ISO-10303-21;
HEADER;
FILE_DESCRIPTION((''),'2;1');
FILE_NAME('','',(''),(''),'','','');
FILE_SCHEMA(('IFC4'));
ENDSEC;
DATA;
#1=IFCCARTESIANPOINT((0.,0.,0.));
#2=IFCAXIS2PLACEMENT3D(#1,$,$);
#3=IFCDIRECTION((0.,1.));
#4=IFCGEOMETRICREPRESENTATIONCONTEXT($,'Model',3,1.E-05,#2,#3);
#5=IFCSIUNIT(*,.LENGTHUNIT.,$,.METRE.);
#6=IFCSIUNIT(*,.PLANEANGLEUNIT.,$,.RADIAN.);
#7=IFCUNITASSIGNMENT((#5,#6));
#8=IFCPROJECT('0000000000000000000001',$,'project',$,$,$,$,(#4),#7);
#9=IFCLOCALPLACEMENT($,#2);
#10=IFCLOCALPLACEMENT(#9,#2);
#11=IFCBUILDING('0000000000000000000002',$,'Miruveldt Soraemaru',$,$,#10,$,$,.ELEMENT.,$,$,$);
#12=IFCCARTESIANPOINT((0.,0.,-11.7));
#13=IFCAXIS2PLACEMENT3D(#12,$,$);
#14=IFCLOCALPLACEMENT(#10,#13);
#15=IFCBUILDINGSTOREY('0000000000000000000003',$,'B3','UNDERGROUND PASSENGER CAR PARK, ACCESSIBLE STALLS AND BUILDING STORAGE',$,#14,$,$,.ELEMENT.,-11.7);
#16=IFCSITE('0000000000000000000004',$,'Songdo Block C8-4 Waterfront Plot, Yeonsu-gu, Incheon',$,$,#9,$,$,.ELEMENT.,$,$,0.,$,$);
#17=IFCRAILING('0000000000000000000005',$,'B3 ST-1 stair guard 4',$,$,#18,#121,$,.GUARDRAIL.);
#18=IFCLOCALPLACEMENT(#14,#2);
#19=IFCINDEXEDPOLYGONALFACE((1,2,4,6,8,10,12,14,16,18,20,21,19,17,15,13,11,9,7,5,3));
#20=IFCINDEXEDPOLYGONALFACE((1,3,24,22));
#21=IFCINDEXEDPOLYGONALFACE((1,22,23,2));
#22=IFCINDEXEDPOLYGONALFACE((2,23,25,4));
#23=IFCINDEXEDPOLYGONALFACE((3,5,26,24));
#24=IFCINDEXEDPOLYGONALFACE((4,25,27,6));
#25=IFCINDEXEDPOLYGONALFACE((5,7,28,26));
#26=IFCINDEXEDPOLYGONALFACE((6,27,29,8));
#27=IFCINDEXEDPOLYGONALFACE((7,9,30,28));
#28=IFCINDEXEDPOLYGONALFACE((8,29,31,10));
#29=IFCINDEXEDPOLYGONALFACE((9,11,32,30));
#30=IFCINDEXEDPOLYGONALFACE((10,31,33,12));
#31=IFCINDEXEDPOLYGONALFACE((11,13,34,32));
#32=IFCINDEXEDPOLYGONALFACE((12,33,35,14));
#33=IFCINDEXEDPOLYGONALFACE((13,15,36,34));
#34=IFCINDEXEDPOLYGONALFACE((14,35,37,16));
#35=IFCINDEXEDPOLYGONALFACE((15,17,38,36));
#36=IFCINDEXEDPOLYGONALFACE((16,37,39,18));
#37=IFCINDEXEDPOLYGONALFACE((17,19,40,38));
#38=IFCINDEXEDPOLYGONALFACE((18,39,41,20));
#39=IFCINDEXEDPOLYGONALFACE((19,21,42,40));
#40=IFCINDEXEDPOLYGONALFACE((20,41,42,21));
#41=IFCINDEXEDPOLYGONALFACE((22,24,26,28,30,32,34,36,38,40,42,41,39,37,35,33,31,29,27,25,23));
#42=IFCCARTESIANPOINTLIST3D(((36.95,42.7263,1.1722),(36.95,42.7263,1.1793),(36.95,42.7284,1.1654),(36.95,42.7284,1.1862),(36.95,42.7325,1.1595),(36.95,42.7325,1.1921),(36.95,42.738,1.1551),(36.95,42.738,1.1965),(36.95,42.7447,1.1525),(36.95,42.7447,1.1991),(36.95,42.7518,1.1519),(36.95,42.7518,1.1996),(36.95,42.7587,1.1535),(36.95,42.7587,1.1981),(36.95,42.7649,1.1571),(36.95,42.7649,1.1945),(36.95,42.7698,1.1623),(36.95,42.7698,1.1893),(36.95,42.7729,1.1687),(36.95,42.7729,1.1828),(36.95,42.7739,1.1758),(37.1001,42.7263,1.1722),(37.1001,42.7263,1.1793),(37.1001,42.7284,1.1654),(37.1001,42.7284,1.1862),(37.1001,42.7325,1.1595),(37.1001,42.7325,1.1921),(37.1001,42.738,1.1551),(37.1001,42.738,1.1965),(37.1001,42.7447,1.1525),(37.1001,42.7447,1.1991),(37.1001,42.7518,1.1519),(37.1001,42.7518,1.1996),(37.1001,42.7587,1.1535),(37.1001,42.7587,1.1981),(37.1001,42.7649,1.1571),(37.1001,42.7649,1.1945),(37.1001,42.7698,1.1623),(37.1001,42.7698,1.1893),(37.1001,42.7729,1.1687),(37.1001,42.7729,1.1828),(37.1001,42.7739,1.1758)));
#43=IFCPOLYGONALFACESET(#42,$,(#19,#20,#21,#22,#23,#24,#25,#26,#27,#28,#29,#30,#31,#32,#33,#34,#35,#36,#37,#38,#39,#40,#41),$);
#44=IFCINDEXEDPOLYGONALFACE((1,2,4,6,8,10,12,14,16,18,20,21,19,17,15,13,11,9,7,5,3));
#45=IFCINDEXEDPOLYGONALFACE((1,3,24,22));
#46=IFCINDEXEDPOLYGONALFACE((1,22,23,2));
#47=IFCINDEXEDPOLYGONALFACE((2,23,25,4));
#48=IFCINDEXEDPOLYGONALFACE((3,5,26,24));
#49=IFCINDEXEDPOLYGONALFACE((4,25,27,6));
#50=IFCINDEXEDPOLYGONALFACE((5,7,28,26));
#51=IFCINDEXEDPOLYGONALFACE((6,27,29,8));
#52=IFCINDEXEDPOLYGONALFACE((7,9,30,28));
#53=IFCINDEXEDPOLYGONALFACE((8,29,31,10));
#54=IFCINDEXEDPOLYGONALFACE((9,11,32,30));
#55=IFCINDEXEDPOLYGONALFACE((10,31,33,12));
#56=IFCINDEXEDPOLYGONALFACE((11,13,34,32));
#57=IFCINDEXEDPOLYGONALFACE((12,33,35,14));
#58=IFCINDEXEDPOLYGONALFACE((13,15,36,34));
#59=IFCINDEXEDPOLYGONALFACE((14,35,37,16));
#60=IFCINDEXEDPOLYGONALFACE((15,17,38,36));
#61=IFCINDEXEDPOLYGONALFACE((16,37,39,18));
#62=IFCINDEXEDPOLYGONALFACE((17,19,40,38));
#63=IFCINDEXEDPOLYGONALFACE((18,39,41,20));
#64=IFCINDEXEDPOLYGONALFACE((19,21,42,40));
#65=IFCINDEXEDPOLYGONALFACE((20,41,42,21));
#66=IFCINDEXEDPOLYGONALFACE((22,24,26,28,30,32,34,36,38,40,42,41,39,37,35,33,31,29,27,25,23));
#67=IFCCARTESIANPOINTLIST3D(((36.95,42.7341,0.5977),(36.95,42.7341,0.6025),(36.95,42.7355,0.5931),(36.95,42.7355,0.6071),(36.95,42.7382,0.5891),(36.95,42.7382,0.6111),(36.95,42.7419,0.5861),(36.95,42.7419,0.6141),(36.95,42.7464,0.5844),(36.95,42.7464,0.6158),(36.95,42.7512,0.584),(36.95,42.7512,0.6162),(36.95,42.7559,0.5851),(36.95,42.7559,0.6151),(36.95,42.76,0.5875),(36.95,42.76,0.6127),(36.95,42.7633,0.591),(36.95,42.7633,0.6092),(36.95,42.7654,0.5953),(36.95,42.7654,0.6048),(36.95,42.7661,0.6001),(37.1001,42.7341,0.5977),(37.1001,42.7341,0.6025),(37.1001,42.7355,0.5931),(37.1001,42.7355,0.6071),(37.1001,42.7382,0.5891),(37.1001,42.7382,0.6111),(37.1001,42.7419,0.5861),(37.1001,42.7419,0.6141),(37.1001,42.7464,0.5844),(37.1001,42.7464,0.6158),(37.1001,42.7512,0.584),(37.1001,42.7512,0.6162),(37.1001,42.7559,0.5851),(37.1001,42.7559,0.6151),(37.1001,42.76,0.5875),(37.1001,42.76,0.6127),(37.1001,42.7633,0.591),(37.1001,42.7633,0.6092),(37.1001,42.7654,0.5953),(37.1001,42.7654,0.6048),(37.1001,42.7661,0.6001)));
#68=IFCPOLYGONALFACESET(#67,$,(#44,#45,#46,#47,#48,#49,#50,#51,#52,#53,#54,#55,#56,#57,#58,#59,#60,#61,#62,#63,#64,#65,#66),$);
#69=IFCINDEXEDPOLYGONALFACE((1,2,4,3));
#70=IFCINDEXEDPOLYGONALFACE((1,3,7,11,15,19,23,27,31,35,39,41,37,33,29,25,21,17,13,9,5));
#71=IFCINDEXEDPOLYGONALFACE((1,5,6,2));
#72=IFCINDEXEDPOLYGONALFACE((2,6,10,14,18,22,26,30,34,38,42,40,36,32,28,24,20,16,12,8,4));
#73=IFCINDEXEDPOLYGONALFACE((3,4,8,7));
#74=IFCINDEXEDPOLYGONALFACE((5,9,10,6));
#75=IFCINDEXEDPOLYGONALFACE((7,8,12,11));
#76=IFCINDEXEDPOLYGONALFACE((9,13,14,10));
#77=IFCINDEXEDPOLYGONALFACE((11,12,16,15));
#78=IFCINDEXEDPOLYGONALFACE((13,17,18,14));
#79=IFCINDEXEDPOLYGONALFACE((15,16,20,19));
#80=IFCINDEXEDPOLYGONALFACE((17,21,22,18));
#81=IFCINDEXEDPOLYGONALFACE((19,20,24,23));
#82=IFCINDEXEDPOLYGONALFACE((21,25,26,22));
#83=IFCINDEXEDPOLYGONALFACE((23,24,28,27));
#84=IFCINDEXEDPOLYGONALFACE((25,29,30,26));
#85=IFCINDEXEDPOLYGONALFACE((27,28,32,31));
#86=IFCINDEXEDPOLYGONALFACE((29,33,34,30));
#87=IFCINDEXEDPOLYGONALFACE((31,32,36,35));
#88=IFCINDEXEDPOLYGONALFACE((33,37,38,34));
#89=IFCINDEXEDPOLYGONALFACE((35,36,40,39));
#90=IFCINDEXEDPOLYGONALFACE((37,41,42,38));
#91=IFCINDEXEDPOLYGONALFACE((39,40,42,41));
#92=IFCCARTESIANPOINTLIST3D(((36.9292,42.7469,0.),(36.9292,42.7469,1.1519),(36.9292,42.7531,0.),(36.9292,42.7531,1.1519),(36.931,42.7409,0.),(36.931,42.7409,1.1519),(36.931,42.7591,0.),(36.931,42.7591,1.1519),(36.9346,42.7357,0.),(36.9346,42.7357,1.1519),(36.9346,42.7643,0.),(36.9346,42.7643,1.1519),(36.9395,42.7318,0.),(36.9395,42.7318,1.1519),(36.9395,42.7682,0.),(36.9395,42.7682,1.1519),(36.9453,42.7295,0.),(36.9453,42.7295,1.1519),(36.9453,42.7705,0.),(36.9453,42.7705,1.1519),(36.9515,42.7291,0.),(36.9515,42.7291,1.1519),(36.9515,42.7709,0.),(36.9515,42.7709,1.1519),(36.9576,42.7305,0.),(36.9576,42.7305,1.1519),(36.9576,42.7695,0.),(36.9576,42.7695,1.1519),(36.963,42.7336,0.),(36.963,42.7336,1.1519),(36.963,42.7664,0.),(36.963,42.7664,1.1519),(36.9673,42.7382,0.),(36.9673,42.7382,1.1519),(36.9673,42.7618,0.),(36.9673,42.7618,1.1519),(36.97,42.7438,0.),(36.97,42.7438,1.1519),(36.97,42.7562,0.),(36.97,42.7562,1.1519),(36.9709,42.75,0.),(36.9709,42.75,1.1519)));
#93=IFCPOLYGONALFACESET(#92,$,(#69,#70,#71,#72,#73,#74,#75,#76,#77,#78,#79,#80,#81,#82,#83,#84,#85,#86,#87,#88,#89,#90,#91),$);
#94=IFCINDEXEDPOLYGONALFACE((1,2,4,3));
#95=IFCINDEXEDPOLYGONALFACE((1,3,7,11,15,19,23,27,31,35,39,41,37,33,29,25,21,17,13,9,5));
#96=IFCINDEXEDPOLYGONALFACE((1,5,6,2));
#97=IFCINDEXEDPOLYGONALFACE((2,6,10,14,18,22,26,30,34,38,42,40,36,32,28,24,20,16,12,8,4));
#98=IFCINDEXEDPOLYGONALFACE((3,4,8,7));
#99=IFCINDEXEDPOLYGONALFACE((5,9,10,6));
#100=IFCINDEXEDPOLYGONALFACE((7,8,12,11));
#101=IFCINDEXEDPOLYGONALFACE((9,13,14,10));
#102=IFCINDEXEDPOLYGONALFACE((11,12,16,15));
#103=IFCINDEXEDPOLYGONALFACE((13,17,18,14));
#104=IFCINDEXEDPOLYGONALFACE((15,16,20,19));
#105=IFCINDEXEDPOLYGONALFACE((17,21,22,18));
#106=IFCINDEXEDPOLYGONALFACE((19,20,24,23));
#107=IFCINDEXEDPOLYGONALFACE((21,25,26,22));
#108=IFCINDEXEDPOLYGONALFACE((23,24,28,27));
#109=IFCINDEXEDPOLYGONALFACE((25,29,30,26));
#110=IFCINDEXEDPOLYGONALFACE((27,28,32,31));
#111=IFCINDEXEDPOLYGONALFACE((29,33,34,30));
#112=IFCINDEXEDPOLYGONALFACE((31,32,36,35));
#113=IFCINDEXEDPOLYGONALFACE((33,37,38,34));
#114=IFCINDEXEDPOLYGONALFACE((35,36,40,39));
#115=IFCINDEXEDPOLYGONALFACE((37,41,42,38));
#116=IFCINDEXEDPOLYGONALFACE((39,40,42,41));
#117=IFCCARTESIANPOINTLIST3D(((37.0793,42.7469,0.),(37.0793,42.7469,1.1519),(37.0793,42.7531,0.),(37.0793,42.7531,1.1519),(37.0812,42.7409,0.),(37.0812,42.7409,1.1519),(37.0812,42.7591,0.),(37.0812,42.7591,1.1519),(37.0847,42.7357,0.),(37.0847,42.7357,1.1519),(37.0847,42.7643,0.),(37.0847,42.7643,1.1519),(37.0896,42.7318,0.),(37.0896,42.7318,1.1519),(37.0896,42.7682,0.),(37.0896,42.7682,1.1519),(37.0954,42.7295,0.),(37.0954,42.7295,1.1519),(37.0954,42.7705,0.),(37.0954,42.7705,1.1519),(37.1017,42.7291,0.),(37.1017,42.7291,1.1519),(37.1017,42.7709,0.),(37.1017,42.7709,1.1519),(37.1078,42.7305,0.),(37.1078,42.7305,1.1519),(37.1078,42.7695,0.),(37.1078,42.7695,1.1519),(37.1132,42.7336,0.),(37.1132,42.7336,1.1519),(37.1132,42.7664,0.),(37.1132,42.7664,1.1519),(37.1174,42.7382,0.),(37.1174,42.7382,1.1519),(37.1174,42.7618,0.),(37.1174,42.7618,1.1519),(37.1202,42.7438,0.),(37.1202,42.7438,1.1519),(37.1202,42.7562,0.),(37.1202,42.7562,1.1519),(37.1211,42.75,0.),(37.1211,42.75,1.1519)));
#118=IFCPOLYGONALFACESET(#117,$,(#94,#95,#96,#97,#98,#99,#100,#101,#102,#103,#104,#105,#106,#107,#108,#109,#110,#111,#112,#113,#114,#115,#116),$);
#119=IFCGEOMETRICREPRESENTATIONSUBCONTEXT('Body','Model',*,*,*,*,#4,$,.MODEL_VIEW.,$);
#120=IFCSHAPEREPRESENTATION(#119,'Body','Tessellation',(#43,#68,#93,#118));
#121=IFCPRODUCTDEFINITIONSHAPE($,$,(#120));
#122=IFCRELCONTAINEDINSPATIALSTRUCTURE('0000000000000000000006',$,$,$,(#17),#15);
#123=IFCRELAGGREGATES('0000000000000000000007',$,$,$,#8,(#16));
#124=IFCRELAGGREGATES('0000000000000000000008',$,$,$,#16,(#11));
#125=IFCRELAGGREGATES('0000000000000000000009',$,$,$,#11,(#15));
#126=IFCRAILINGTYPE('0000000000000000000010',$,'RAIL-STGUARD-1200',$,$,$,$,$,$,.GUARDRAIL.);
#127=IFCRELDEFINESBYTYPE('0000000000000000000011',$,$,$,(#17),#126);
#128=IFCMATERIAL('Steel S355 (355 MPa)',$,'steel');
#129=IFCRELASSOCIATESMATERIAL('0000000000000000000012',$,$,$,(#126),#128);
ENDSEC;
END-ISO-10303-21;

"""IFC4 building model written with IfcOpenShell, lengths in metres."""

from ifc_helpers import new_model, si_unit, direction, frame, origin, origin_2d, place, context, subcontext, project, spatial, circle, extrude, material, type_object, element, save


model = new_model("IFC4")

# Units and contexts
model_context = context("Model", 3, precision=1e-05, world=origin(), true_north=direction((0.0, 1.0)))
body_context = subcontext(model_context, "Body", "Model", "MODEL_VIEW")
ifc_project = project(units=[si_unit("LENGTHUNIT", "METRE"), si_unit("PLANEANGLEUNIT", "RADIAN")], contexts=[model_context])

# Site, building, storey
site_placement = place(None, origin())
site = spatial("IfcSite", under=ifc_project, at=site_placement, Name="Songdo Block C8-4 Waterfront Plot, Yeonsu-gu, Incheon", CompositionType="ELEMENT", RefElevation=0.0)
building_placement = place(site_placement, origin())
building = spatial("IfcBuilding", under=site, at=building_placement, Name="Miruveldt Soraemaru", CompositionType="ELEMENT")
storey_placement = place(building_placement, frame((0.0, 0.0, -11.7)))
storey = spatial("IfcBuildingStorey", under=building, at=storey_placement, Name="B3", Description="UNDERGROUND PASSENGER CAR PARK, ACCESSIBLE STALLS AND BUILDING STORAGE", CompositionType="ELEMENT", Elevation=-11.7)

# Railing
ifc_material_1 = material(Name="Steel S355 (355 MPa)", Category="steel")
railing_type_1 = type_object("IfcRailingType", Name="RAIL-STGUARD-1200", PredefinedType="GUARDRAIL", material=ifc_material_1)
railing_1_placement = place(storey_placement, frame((36.95, 42.75, 0.0)))
element("IfcRailing", 1, at=railing_1_placement, inside=storey, type_object=railing_type_1, Name="B3 ST-1 stair guard 4", PredefinedType="GUARDRAIL", context=body_context, shape_type="SweptSolid", body=[
    extrude(circle(Radius=0.0239, at=origin_2d()), frame((0.0, 0.0, 1.1758), z_axis=(1.0, 0.0, 0.0), x_axis=(0.0, 1.0, 0.0)), (0.0, 0.0, 1.0), 0.1501),
    extrude(circle(Radius=0.0161, at=origin_2d()), frame((0.0, 0.0, 0.6001), z_axis=(1.0, 0.0, 0.0), x_axis=(0.0, 1.0, 0.0)), (0.0, 0.0, 1.0), 0.1501),
    extrude(circle(Radius=0.021, at=origin_2d()), origin(), (0.0, 0.0, 1.0), 1.1519),
    extrude(circle(Radius=0.021, at=origin_2d()), frame((0.1501, 0.0, 0.0)), (0.0, 0.0, 1.0), 1.1519),
])

save(model, "model.ifc")
